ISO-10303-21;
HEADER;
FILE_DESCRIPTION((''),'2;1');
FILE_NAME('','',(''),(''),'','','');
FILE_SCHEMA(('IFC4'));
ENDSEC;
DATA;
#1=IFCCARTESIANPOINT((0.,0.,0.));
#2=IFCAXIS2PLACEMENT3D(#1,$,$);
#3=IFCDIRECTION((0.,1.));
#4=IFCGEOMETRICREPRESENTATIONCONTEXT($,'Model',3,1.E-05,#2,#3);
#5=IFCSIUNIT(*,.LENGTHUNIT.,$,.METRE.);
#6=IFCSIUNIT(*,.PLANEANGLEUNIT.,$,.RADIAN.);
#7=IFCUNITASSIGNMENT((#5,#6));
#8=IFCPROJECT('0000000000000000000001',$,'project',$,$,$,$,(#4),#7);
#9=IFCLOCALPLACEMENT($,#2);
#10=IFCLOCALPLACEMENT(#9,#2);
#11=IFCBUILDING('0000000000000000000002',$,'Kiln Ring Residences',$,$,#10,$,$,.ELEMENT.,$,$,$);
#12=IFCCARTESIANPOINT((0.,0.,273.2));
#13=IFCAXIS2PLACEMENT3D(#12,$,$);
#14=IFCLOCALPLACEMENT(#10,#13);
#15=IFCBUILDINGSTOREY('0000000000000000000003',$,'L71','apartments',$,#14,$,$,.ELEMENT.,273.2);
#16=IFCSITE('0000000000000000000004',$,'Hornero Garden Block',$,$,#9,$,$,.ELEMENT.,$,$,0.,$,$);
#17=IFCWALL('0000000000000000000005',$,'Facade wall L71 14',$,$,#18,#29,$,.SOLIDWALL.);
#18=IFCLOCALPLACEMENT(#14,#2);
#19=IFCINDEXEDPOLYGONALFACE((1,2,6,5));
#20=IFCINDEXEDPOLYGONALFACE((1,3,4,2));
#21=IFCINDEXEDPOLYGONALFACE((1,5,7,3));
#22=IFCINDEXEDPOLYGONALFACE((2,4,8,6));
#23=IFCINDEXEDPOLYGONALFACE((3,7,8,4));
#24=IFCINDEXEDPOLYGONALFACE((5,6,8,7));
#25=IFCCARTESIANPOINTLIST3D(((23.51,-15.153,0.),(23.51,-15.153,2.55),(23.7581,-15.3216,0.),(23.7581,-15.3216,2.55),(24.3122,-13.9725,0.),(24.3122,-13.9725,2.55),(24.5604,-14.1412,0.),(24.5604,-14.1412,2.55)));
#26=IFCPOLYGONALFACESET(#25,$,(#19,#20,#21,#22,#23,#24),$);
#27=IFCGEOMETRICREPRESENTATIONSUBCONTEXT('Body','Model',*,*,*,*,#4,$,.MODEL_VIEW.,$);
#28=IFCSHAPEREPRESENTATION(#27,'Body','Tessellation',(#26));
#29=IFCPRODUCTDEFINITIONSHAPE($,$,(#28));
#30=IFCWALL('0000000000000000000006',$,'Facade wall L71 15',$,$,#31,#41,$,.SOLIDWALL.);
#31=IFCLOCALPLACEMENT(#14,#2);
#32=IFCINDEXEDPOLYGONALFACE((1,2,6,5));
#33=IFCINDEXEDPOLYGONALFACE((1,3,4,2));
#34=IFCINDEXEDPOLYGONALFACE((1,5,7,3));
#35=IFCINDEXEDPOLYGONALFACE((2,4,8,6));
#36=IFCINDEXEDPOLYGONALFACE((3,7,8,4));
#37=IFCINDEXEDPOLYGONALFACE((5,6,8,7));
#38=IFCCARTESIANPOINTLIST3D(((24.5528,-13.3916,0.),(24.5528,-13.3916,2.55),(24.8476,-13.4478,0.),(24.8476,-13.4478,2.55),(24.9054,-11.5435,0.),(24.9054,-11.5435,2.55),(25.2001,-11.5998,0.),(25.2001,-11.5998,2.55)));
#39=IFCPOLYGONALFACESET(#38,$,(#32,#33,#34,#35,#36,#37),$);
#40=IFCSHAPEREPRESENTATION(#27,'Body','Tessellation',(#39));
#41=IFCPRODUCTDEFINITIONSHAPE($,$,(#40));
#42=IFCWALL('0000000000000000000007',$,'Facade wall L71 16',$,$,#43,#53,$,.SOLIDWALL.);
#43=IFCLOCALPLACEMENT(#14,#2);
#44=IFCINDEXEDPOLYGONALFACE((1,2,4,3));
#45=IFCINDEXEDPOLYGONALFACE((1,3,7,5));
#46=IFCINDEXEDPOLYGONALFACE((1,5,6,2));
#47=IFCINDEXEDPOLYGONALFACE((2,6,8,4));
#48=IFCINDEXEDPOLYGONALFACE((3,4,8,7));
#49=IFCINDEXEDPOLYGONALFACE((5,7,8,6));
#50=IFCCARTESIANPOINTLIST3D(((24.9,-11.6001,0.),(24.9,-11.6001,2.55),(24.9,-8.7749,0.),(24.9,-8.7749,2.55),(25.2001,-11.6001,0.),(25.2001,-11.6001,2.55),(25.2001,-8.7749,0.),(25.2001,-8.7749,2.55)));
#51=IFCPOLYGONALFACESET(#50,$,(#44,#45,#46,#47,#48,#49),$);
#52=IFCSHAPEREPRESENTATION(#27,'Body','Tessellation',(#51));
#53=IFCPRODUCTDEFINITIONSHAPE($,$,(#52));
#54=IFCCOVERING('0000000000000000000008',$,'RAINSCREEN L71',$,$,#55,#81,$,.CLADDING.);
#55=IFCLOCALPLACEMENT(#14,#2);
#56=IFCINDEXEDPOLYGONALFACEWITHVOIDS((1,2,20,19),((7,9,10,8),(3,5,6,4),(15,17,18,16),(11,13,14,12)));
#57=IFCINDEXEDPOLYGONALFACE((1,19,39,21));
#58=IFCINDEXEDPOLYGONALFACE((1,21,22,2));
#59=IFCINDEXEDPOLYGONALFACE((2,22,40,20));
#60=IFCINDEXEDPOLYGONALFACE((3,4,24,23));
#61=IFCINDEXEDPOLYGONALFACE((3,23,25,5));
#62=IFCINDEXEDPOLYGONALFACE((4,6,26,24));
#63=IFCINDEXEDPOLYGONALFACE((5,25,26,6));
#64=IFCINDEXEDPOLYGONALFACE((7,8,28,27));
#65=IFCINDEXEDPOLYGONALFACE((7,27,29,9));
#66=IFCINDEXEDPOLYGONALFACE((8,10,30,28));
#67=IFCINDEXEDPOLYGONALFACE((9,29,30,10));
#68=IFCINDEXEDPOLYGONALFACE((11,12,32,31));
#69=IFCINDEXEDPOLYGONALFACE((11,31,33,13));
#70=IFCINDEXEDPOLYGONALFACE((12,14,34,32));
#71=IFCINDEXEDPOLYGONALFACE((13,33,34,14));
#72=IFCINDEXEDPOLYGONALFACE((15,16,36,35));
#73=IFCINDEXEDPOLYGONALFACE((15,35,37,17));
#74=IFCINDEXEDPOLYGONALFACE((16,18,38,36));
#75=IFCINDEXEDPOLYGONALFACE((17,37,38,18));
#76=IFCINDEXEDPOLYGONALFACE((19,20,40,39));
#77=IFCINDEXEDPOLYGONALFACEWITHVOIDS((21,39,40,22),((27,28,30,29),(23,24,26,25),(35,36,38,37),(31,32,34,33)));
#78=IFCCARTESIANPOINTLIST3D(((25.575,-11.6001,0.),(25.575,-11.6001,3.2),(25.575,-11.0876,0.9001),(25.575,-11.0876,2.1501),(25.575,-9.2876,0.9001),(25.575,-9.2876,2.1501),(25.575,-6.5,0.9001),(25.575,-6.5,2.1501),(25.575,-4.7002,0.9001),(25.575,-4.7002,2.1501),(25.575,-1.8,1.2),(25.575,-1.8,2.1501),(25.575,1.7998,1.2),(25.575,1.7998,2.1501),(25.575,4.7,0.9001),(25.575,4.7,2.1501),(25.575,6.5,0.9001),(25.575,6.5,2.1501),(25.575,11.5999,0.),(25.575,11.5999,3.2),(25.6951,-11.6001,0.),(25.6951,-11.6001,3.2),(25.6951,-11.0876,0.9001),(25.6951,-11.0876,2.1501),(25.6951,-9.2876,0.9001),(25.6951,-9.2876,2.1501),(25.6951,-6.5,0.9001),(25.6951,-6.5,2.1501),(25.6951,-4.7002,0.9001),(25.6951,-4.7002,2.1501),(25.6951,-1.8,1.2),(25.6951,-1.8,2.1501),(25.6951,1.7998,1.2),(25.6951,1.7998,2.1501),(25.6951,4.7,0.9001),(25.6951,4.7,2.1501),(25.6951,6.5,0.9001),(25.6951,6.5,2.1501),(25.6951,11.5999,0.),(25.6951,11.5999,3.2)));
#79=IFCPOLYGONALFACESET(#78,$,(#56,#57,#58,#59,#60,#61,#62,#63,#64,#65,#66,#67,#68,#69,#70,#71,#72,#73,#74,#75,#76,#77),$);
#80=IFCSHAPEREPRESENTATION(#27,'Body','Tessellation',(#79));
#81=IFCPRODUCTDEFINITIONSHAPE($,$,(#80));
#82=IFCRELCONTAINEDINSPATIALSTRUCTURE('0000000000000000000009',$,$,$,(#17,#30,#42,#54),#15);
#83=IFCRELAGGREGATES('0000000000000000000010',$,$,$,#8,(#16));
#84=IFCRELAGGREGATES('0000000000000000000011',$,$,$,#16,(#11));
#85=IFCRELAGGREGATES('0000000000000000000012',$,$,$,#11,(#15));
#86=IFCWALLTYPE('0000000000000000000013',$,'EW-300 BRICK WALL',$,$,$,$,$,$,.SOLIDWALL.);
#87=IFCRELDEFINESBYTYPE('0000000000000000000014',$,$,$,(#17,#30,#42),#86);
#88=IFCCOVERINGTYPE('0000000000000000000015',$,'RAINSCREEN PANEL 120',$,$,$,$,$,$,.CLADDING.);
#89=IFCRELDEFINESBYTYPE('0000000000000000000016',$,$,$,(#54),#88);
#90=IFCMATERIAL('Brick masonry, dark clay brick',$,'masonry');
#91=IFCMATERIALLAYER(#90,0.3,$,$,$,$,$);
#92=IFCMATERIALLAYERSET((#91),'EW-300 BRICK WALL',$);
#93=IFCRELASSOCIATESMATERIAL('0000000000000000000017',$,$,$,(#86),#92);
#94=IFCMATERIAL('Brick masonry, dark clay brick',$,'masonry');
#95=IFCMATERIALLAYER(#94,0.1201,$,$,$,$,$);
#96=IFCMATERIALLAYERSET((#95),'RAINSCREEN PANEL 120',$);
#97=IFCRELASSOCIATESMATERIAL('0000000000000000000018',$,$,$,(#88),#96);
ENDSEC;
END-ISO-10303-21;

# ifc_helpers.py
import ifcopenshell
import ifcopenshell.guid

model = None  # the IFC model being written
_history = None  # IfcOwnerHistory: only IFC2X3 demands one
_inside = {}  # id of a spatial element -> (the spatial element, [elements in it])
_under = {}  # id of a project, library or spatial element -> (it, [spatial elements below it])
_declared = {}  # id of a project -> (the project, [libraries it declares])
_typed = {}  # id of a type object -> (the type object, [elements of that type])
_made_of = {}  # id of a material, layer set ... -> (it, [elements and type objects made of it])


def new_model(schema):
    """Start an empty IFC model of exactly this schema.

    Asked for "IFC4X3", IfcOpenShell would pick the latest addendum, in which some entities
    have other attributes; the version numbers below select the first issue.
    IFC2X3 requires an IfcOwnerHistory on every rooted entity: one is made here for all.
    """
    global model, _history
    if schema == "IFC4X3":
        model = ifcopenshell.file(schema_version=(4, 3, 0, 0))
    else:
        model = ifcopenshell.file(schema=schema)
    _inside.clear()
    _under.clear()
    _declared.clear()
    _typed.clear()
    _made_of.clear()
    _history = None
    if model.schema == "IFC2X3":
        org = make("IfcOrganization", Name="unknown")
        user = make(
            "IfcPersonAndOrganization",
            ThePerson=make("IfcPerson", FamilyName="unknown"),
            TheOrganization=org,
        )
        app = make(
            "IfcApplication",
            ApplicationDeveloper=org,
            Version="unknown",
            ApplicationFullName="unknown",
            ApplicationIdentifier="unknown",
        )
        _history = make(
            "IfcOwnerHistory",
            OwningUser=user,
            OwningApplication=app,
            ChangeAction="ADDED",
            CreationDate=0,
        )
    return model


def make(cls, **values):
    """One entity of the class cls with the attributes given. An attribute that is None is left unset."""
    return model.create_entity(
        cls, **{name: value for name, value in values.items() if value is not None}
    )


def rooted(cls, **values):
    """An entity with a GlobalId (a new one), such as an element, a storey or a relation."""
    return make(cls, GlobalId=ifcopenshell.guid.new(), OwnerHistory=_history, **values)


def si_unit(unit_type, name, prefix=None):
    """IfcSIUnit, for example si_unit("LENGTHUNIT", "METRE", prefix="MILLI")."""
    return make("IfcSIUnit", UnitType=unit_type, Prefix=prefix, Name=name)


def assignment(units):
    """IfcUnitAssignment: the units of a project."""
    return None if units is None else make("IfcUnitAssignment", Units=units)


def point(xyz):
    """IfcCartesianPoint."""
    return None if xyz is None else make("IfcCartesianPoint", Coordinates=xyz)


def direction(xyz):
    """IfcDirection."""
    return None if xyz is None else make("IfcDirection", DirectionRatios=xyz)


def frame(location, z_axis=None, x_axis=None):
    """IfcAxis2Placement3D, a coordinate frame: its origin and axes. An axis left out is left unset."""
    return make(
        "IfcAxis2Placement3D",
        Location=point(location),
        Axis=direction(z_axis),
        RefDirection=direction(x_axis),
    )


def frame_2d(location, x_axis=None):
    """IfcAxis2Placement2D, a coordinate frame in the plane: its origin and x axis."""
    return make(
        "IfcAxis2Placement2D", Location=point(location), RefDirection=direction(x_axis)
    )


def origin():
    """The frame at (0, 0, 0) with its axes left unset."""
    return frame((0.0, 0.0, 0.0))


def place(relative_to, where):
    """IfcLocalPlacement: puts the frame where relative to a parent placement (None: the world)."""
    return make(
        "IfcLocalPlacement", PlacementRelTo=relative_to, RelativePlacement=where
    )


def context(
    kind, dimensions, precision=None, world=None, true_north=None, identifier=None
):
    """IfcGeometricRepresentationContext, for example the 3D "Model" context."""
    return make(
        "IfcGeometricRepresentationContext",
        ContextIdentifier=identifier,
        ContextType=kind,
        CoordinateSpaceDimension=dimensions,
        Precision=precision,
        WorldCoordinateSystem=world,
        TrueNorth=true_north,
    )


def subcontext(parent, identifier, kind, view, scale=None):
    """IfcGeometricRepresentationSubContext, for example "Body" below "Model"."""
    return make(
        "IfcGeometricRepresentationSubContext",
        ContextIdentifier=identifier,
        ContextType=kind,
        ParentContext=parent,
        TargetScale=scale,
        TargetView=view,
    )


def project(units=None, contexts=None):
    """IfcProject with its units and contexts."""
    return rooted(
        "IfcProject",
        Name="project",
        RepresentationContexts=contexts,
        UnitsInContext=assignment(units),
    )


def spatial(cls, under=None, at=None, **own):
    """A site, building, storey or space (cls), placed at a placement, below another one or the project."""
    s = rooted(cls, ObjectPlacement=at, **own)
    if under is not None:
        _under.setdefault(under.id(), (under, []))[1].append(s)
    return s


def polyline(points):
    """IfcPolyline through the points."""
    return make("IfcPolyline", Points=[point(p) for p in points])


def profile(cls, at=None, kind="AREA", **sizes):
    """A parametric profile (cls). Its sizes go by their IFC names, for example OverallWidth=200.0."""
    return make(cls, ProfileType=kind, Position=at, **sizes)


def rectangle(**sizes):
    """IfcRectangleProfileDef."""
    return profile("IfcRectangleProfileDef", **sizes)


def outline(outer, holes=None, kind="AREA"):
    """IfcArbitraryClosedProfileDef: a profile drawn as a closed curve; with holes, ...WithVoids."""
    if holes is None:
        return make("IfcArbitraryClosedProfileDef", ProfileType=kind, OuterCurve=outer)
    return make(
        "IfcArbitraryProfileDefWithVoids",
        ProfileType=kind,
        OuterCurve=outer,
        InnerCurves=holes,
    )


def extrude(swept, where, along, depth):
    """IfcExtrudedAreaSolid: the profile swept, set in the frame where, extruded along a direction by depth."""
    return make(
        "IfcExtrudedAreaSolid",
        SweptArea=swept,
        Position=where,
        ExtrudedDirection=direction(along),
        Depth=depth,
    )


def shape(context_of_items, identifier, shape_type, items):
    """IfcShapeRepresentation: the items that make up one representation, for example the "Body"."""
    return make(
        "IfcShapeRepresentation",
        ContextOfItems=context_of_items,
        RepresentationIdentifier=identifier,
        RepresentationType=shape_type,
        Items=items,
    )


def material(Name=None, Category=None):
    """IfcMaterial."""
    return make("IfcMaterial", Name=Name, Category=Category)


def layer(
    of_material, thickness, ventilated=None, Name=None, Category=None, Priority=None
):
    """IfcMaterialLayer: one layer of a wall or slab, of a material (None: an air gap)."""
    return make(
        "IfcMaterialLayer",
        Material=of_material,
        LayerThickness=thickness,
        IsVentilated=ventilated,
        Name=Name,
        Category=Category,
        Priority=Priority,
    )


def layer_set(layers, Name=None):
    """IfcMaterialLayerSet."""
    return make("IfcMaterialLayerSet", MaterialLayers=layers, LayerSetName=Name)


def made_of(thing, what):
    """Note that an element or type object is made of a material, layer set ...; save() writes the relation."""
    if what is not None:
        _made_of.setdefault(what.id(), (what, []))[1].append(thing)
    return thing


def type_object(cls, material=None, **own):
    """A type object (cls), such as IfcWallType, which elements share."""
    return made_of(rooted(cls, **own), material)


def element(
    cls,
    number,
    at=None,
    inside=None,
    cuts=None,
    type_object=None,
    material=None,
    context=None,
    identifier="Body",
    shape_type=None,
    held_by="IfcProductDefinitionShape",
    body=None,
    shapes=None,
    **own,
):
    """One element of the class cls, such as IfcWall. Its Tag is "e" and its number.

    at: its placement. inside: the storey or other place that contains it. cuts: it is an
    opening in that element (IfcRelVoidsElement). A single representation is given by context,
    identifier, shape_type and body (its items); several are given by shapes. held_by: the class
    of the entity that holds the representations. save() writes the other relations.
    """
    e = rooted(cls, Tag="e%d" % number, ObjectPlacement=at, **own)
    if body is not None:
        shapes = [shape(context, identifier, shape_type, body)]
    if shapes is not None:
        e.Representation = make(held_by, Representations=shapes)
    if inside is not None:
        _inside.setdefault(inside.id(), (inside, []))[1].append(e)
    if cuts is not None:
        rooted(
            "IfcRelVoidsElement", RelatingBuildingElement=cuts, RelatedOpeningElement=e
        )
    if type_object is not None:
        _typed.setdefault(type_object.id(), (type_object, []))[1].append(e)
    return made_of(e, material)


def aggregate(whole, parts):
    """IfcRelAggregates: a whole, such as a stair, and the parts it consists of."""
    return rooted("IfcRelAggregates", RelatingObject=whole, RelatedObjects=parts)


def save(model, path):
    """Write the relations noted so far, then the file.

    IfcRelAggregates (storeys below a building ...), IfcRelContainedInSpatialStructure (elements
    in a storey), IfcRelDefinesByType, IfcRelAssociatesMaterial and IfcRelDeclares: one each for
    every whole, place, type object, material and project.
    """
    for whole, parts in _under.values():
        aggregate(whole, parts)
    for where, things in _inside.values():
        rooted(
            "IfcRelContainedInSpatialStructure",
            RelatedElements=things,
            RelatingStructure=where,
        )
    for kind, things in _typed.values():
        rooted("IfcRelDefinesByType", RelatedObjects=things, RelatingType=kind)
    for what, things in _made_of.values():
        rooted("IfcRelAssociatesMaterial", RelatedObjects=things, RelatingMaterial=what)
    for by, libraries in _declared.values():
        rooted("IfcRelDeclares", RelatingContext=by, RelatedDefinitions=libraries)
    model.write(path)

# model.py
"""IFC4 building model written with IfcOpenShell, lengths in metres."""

from ifc_helpers import new_model, si_unit, direction, frame, frame_2d, origin, place, context, subcontext, project, spatial, polyline, rectangle, outline, extrude, material, layer, layer_set, type_object, element, save


model = new_model("IFC4")

# Units and contexts
model_context = context("Model", 3, precision=1e-05, world=origin(), true_north=direction((0.0, 1.0)))
body_context = subcontext(model_context, "Body", "Model", "MODEL_VIEW")
ifc_project = project(units=[si_unit("LENGTHUNIT", "METRE"), si_unit("PLANEANGLEUNIT", "RADIAN")], contexts=[model_context])

# Site, building, storey
site_placement = place(None, origin())
site = spatial("IfcSite", under=ifc_project, at=site_placement, Name="Hornero Garden Block", CompositionType="ELEMENT", RefElevation=0.0)
building_placement = place(site_placement, origin())
building = spatial("IfcBuilding", under=site, at=building_placement, Name="Kiln Ring Residences", CompositionType="ELEMENT")
storey_placement = place(building_placement, frame((0.0, 0.0, 273.2)))
storey = spatial("IfcBuildingStorey", under=building, at=storey_placement, Name="L71", Description="apartments", CompositionType="ELEMENT", Elevation=273.2)

# Walls
ifc_material_1 = material(Name="Brick masonry, dark clay brick", Category="masonry")
ifc_layer_1 = layer(ifc_material_1, 0.3)
ifc_layer_set_1 = layer_set([ifc_layer_1], Name="EW-300 BRICK WALL")
wall_type_1 = type_object("IfcWallType", Name="EW-300 BRICK WALL", PredefinedType="SOLIDWALL", material=ifc_layer_set_1)
wall_1_placement = place(storey_placement, frame((23.634, -15.2373, 0.0), z_axis=(0.0, 0.0, 1.0), x_axis=(0.562099, 0.82707, 0.0)))
element("IfcWall", 1, at=wall_1_placement, inside=storey, type_object=wall_type_1, Name="Facade wall L71 14", PredefinedType="SOLIDWALL", context=body_context, shape_type="SweptSolid", body=[
    extrude(rectangle(XDim=1.4272, YDim=0.3, at=frame_2d((0.7136, 0.0))), origin(), (0.0, 0.0, 1.0), 2.55),
])
wall_2_placement = place(storey_placement, frame((24.7002, -13.4197, 0.0), z_axis=(0.0, 0.0, 1.0), x_axis=(0.187398, 0.982284, 0.0)))
element("IfcWall", 2, at=wall_2_placement, inside=storey, type_object=wall_type_1, Name="Facade wall L71 15", PredefinedType="SOLIDWALL", context=body_context, shape_type="SweptSolid", body=[
    extrude(rectangle(XDim=1.8813, YDim=0.3, at=frame_2d((0.9407, 0.0))), origin(), (0.0, 0.0, 1.0), 2.55),
])
wall_3_placement = place(storey_placement, frame((25.05, -11.6001, 0.0), z_axis=(0.0, 0.0, 1.0), x_axis=(0.0, 1.0, 0.0)))
element("IfcWall", 3, at=wall_3_placement, inside=storey, type_object=wall_type_1, Name="Facade wall L71 16", PredefinedType="SOLIDWALL", context=body_context, shape_type="SweptSolid", body=[
    extrude(rectangle(XDim=2.8252, YDim=0.3, at=frame_2d((1.4126, 0.0))), origin(), (0.0, 0.0, 1.0), 2.55),
])

# Covering
ifc_material_2 = material(Name="Brick masonry, dark clay brick", Category="masonry")
ifc_layer_2 = layer(ifc_material_2, 0.1201)
ifc_layer_set_2 = layer_set([ifc_layer_2], Name="RAINSCREEN PANEL 120")
covering_type = type_object("IfcCoveringType", Name="RAINSCREEN PANEL 120", PredefinedType="CLADDING", material=ifc_layer_set_2)
covering_placement = place(storey_placement, frame((25.635, -11.6001, 0.0), z_axis=(0.0, 0.0, 1.0), x_axis=(0.0, 1.0, 0.0)))
element("IfcCovering", 4, at=covering_placement, inside=storey, type_object=covering_type, Name="RAINSCREEN L71", PredefinedType="CLADDING", context=body_context, shape_type="SweptSolid", body=[
    extrude(outline(polyline([(0.0, 0.0), (23.2, 0.0), (23.2, 3.2), (0.0, 3.2), (0.0, 0.0)]), holes=[polyline([(2.3125, 0.9001), (2.3125, 2.1501), (0.5125, 2.1501), (0.5125, 0.9001), (2.3125, 0.9001)]), polyline([(6.8999, 0.9001), (6.8999, 2.1501), (5.1001, 2.1501), (5.1001, 0.9001), (6.8999, 0.9001)]), polyline([(18.1001, 0.9001), (18.1001, 2.1501), (16.3, 2.1501), (16.3, 0.9001), (18.1001, 0.9001)]), polyline([(13.3999, 1.2), (13.3999, 2.1501), (9.8, 2.1501), (9.8, 1.2), (13.3999, 1.2)])]), frame((0.0, 0.0601, 0.0), z_axis=(0.0, -1.0, 0.0), x_axis=(1.0, 0.0, 0.0)), (0.0, 0.0, 1.0), 0.1201),
])

save(model, "model.ifc")
